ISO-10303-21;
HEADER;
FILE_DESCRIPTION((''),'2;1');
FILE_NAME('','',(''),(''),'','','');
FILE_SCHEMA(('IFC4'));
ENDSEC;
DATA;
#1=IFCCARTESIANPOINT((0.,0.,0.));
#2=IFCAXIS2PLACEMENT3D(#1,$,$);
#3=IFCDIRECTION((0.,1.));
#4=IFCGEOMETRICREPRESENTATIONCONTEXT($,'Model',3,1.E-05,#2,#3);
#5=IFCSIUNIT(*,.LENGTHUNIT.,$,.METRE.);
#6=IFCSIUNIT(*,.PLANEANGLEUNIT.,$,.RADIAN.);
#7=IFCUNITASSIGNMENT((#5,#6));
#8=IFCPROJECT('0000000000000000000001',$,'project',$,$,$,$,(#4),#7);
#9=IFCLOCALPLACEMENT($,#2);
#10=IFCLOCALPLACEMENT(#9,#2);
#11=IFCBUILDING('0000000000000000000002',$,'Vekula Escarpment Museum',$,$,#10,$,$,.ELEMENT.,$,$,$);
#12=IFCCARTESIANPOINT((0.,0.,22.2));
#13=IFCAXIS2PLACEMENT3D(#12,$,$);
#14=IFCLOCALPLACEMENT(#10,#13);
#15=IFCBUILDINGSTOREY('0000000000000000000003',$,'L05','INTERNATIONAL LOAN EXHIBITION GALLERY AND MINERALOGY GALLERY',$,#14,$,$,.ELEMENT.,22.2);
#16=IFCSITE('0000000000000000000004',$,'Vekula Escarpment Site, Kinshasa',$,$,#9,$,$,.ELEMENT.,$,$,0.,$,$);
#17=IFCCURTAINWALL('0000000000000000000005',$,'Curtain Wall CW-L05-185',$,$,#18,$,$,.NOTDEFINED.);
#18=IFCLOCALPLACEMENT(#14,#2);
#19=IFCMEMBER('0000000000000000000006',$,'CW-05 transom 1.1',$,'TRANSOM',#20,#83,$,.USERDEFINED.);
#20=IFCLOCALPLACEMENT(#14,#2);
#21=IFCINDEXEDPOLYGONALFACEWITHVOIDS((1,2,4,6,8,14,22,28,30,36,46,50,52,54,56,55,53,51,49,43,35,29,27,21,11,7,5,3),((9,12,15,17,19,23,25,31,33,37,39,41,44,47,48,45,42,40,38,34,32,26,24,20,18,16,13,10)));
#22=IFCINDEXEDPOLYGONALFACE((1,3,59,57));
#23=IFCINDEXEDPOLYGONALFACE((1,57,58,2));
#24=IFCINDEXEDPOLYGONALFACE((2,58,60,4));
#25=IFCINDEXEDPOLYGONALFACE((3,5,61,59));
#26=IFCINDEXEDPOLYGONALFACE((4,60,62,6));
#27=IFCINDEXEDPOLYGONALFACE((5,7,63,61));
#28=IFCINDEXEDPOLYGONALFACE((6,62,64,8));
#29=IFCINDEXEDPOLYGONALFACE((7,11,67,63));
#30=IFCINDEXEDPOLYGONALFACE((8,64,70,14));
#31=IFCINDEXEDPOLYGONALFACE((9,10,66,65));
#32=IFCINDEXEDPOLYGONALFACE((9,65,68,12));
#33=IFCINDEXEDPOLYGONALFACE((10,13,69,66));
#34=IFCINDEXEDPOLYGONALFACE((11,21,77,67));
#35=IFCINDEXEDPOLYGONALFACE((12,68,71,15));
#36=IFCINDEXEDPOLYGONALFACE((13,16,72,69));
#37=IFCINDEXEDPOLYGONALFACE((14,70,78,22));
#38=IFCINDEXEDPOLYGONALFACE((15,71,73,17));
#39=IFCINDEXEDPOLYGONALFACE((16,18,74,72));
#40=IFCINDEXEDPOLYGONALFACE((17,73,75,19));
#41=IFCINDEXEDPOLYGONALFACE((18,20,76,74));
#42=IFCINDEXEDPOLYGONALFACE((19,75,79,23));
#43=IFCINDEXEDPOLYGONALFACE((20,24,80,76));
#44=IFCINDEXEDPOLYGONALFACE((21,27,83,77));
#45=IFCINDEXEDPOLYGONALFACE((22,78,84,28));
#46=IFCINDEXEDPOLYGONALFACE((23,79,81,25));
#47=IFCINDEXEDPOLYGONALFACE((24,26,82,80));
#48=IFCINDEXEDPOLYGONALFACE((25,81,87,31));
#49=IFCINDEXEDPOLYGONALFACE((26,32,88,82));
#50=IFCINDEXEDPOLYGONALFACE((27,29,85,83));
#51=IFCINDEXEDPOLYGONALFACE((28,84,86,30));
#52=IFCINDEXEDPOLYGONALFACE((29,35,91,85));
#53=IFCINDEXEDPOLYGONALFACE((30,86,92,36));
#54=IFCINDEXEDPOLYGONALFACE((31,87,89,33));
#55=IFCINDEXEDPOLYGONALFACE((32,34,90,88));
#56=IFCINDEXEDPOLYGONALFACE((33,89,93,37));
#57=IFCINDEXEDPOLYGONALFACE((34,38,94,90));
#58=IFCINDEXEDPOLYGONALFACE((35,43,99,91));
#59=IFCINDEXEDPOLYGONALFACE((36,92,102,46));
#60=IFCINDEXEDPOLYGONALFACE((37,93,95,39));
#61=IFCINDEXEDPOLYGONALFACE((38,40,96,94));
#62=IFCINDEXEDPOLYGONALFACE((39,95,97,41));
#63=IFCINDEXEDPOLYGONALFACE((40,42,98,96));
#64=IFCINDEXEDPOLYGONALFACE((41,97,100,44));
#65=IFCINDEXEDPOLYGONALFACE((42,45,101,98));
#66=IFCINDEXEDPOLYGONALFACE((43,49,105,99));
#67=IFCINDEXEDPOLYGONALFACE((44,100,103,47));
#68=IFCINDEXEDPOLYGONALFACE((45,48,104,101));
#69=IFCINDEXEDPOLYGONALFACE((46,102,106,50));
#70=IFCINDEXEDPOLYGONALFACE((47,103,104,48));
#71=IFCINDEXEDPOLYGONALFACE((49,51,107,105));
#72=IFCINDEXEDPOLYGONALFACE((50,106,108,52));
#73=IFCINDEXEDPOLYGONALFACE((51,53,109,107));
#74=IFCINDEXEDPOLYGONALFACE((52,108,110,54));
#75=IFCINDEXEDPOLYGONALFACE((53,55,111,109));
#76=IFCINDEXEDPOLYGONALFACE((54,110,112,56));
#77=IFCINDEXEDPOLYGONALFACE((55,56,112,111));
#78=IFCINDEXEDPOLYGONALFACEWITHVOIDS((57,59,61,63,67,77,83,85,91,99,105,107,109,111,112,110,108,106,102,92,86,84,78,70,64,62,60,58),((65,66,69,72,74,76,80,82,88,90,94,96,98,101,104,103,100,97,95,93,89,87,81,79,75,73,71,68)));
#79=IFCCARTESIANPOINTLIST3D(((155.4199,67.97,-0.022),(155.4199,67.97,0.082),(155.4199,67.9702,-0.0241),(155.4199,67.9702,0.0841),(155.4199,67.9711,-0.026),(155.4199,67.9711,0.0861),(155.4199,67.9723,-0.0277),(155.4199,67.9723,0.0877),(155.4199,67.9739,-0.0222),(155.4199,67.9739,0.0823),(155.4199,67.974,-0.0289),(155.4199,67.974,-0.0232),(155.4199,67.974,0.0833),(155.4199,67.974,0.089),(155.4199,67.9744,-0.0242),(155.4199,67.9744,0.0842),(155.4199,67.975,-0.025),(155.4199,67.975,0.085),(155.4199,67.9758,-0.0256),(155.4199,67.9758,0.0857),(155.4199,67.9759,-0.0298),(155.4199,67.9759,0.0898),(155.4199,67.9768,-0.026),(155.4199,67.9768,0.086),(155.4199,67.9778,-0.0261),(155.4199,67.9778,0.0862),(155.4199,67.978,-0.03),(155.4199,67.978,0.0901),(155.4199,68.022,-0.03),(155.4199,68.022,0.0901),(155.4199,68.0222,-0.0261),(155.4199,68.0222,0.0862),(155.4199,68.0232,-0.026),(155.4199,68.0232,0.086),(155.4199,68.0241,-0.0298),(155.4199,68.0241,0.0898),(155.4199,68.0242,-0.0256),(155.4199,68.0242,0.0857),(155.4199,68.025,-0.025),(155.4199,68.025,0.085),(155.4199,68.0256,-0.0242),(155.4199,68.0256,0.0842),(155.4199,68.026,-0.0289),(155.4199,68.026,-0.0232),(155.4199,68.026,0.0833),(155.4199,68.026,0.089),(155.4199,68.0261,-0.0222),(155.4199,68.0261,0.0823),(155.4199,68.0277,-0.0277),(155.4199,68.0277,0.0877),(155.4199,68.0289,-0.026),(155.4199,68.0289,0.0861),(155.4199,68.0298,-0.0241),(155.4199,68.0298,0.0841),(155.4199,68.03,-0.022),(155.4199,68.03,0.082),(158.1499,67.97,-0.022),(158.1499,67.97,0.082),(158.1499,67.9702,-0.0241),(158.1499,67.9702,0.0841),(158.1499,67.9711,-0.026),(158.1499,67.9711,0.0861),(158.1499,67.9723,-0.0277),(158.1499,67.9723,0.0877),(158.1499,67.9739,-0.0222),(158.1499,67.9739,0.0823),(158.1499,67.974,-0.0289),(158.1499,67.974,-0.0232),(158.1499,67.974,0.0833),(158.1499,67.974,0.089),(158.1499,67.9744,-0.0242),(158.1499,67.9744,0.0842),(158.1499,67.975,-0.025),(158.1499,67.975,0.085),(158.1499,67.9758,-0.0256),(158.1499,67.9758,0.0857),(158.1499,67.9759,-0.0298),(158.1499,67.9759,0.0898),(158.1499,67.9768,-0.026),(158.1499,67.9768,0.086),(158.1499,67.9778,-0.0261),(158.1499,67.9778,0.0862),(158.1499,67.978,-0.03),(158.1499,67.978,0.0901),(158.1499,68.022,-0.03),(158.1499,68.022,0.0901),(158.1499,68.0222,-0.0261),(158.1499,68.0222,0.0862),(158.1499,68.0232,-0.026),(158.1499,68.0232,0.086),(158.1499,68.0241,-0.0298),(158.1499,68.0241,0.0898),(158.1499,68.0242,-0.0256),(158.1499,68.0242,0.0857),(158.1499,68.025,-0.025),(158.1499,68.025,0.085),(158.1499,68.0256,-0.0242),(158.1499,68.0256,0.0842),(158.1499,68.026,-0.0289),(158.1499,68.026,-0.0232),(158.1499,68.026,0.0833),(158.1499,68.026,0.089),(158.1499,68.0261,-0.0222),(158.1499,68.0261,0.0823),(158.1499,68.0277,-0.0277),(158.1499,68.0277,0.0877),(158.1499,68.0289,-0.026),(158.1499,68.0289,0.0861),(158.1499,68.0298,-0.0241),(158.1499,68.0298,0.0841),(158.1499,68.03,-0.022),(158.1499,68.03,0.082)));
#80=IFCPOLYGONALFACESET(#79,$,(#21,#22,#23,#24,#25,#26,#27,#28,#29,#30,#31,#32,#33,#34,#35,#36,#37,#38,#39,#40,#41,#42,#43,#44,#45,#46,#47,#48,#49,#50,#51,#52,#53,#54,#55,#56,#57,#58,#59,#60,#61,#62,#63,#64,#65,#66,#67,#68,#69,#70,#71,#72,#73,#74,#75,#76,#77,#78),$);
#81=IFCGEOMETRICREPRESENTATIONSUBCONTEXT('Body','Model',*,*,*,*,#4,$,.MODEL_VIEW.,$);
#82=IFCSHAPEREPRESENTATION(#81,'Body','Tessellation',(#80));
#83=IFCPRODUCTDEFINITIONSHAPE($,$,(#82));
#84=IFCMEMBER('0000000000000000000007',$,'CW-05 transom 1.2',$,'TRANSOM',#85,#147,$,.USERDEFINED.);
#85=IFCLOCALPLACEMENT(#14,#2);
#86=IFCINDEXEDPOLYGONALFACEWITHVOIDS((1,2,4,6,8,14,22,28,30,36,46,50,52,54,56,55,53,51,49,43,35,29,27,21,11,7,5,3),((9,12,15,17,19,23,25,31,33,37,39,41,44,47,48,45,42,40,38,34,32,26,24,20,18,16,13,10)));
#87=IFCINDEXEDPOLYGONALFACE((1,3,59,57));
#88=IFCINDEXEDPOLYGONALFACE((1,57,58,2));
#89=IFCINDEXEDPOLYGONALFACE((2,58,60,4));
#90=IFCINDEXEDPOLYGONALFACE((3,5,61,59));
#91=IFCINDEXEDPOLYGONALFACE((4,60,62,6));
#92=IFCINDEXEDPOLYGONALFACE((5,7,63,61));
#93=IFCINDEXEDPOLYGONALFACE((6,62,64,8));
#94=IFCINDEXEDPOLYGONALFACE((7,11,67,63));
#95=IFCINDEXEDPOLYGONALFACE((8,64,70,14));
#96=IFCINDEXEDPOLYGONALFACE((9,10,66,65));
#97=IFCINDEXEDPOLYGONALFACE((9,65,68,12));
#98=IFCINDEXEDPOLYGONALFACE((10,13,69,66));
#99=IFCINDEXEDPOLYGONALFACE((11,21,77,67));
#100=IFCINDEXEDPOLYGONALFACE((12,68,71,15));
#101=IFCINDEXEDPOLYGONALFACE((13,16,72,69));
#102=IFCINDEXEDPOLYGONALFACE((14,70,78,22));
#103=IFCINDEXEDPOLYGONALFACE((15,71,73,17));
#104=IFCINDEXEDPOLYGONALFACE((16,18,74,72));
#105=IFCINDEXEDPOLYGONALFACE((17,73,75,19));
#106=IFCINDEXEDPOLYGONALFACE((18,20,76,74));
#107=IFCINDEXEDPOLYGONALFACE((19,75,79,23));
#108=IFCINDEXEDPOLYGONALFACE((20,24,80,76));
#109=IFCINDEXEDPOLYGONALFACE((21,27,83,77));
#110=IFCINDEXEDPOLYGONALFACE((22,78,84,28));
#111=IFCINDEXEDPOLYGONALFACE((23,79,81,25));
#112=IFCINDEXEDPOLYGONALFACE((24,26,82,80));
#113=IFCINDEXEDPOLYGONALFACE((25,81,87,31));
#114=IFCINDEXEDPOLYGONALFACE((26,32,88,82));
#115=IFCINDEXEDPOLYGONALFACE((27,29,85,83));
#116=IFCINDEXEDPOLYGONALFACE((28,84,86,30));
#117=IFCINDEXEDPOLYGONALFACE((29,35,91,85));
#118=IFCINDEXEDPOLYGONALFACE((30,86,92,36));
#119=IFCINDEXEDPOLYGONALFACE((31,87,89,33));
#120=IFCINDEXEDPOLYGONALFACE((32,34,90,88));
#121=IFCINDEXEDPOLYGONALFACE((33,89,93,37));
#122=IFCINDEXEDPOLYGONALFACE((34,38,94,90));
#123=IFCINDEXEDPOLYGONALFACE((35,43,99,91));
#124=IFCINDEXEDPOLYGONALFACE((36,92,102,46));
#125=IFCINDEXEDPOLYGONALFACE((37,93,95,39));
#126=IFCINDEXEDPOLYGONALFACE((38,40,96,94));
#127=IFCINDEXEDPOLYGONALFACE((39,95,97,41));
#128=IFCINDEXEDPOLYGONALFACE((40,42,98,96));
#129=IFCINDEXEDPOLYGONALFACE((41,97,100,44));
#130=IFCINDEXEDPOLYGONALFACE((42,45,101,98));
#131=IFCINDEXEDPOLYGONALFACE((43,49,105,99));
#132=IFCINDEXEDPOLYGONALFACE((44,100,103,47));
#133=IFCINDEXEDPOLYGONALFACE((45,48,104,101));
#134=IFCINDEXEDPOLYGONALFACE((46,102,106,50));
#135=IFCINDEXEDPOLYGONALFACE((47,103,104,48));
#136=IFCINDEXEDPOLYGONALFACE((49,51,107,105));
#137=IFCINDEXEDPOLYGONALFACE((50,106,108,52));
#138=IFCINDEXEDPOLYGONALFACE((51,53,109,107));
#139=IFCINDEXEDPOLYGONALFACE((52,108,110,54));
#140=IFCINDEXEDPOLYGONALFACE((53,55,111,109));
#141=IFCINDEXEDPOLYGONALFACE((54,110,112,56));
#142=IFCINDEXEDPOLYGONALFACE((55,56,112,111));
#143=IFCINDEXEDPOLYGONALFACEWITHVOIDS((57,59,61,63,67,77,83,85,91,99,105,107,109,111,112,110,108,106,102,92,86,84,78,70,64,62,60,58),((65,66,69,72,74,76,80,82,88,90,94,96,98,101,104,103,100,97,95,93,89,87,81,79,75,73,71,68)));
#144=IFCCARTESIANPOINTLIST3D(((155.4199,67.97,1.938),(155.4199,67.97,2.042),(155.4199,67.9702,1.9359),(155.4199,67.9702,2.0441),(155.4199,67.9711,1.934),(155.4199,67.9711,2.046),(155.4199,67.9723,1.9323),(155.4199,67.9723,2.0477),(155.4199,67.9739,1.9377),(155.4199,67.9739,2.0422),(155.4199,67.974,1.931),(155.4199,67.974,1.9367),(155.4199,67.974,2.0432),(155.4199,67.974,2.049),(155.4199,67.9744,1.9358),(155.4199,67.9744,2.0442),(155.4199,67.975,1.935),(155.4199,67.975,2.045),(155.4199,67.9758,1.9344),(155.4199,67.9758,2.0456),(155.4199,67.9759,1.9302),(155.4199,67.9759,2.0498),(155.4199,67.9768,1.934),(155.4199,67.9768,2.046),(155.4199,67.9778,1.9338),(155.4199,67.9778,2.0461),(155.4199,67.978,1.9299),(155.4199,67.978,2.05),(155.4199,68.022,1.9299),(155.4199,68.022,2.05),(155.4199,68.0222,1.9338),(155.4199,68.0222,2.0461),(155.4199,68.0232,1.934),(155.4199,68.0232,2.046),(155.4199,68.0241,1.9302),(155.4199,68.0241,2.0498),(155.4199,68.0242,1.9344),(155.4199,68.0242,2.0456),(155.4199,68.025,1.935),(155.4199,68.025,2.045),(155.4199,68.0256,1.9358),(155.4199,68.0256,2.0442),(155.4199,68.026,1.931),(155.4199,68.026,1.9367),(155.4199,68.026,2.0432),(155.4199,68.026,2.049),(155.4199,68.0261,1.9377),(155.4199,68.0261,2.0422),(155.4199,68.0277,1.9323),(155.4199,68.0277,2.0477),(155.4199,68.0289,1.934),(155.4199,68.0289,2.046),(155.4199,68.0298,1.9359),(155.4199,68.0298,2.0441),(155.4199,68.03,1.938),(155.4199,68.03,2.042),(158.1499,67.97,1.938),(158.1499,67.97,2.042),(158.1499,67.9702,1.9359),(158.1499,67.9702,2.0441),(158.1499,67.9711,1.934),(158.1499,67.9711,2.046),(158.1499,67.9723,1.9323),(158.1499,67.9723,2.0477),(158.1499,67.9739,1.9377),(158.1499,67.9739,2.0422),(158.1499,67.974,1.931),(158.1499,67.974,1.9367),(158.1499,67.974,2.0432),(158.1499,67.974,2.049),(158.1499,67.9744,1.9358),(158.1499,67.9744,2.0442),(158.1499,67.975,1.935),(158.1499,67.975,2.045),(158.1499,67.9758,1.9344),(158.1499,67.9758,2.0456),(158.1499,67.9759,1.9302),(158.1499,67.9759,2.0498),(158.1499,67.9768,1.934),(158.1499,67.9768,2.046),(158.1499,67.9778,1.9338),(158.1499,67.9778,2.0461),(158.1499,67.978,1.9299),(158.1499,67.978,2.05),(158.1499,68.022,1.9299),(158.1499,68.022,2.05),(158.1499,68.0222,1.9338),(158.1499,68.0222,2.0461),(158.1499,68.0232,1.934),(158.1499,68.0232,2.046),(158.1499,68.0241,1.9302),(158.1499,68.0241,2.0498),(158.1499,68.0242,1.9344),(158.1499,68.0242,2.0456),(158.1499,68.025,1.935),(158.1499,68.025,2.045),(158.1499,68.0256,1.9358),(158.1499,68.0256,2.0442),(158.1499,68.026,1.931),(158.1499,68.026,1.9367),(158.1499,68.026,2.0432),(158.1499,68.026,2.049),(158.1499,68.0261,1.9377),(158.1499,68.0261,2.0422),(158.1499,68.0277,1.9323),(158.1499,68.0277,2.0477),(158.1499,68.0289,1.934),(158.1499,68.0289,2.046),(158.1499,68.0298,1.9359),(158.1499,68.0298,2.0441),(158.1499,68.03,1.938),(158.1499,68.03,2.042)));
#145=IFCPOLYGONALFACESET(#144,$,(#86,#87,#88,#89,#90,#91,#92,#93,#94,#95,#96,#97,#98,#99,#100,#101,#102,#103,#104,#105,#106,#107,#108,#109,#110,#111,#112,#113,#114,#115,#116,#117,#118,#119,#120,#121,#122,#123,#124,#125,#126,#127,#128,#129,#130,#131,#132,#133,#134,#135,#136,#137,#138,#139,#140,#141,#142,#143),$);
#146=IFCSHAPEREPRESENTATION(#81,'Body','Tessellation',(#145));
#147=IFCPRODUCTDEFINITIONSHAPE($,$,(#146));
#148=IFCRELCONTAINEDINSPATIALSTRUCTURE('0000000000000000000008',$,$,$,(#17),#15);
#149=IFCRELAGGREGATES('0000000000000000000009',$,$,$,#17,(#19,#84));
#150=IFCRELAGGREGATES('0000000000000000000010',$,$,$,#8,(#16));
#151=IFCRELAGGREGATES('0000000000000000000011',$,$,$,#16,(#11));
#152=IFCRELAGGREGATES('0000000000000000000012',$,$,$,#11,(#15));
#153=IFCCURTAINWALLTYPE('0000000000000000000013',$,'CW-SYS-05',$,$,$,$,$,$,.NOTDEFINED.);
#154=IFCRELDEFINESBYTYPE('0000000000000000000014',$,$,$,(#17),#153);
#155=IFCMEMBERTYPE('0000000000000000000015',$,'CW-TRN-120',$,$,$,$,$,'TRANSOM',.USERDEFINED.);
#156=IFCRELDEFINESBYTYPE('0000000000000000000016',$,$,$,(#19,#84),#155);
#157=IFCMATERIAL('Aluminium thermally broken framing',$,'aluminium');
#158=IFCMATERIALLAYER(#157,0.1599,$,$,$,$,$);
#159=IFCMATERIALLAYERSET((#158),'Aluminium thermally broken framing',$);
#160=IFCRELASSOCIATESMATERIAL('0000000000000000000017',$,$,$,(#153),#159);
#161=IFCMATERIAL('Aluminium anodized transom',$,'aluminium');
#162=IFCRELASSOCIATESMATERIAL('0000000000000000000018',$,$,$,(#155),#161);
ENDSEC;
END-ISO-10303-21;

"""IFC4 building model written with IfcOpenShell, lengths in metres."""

from ifc_helpers import new_model, si_unit, direction, frame, origin, origin_2d, place, context, subcontext, project, spatial, hollow_rectangle, extrude, material, layer, layer_set, material_profile, profile_set, type_object, element, aggregate, save


model = new_model("IFC4")

# Units and contexts
model_context = context("Model", 3, precision=1e-05, world=origin(), true_north=direction((0.0, 1.0)))
body_context = subcontext(model_context, "Body", "Model", "MODEL_VIEW")
ifc_project = project(units=[si_unit("LENGTHUNIT", "METRE"), si_unit("PLANEANGLEUNIT", "RADIAN")], contexts=[model_context])

# Site, building, storey
site_placement = place(None, origin())
site = spatial("IfcSite", under=ifc_project, at=site_placement, Name="Vekula Escarpment Site, Kinshasa", CompositionType="ELEMENT", RefElevation=0.0)
building_placement = place(site_placement, origin())
building = spatial("IfcBuilding", under=site, at=building_placement, Name="Vekula Escarpment Museum", CompositionType="ELEMENT")
storey_placement = place(building_placement, frame((0.0, 0.0, 22.2)))
storey = spatial("IfcBuildingStorey", under=building, at=storey_placement, Name="L05", Description="INTERNATIONAL LOAN EXHIBITION GALLERY AND MINERALOGY GALLERY", CompositionType="ELEMENT", Elevation=22.2)

# Curtain wall, members
ifc_material_1 = material(Name="Aluminium thermally broken framing", Category="aluminium")
ifc_layer_1 = layer(ifc_material_1, 0.1599)
ifc_layer_set_1 = layer_set([ifc_layer_1], Name="Aluminium thermally broken framing")
curtain_wall_type = type_object("IfcCurtainWallType", Name="CW-SYS-05", PredefinedType="NOTDEFINED", material=ifc_layer_set_1)
curtain_wall_placement = place(storey_placement, origin())
curtain_wall = element("IfcCurtainWall", 1, at=curtain_wall_placement, inside=storey, type_object=curtain_wall_type, Name="Curtain Wall CW-L05-185", PredefinedType="NOTDEFINED")
ifc_material_2 = material(Name="Aluminium anodized transom", Category="aluminium")
ifc_material_profile_1 = material_profile(ifc_material_2, hollow_rectangle(XDim=0.0601, YDim=0.1201, WallThickness=0.0039, InnerFilletRadius=0.0039, OuterFilletRadius=0.0081, at=origin_2d()), Name="ALU 120x60x4")
ifc_profile_set_1 = profile_set([ifc_material_profile_1], Name="Aluminium anodized transom")
member_type_1 = type_object("IfcMemberType", Name="CW-TRN-120", ElementType="TRANSOM", PredefinedType="USERDEFINED", material=ifc_profile_set_1)
member_1_placement = place(storey_placement, frame((155.4199, 68.0, 0.03), z_axis=(1.0, 0.0, 0.0), x_axis=(0.0, 1.0, 0.0)))
member_1 = element("IfcMember", 2, at=member_1_placement, type_object=member_type_1, Name="CW-05 transom 1.1", ObjectType="TRANSOM", PredefinedType="USERDEFINED", context=body_context, shape_type="SweptSolid", body=[
    extrude(hollow_rectangle(XDim=0.0601, YDim=0.1201, WallThickness=0.0039, InnerFilletRadius=0.0039, OuterFilletRadius=0.0081, at=origin_2d()), origin(), (0.0, 0.0, 1.0), 2.73),
])
member_2_placement = place(storey_placement, frame((155.4199, 68.0, 1.99), z_axis=(1.0, 0.0, 0.0), x_axis=(0.0, 1.0, 0.0)))
member_2 = element("IfcMember", 3, at=member_2_placement, type_object=member_type_1, Name="CW-05 transom 1.2", ObjectType="TRANSOM", PredefinedType="USERDEFINED", context=body_context, shape_type="SweptSolid", body=[
    extrude(hollow_rectangle(XDim=0.0601, YDim=0.1201, WallThickness=0.0039, InnerFilletRadius=0.0039, OuterFilletRadius=0.0081, at=origin_2d()), origin(), (0.0, 0.0, 1.0), 2.73),
])
aggregate(curtain_wall, [member_1, member_2])

save(model, "model.ifc")
